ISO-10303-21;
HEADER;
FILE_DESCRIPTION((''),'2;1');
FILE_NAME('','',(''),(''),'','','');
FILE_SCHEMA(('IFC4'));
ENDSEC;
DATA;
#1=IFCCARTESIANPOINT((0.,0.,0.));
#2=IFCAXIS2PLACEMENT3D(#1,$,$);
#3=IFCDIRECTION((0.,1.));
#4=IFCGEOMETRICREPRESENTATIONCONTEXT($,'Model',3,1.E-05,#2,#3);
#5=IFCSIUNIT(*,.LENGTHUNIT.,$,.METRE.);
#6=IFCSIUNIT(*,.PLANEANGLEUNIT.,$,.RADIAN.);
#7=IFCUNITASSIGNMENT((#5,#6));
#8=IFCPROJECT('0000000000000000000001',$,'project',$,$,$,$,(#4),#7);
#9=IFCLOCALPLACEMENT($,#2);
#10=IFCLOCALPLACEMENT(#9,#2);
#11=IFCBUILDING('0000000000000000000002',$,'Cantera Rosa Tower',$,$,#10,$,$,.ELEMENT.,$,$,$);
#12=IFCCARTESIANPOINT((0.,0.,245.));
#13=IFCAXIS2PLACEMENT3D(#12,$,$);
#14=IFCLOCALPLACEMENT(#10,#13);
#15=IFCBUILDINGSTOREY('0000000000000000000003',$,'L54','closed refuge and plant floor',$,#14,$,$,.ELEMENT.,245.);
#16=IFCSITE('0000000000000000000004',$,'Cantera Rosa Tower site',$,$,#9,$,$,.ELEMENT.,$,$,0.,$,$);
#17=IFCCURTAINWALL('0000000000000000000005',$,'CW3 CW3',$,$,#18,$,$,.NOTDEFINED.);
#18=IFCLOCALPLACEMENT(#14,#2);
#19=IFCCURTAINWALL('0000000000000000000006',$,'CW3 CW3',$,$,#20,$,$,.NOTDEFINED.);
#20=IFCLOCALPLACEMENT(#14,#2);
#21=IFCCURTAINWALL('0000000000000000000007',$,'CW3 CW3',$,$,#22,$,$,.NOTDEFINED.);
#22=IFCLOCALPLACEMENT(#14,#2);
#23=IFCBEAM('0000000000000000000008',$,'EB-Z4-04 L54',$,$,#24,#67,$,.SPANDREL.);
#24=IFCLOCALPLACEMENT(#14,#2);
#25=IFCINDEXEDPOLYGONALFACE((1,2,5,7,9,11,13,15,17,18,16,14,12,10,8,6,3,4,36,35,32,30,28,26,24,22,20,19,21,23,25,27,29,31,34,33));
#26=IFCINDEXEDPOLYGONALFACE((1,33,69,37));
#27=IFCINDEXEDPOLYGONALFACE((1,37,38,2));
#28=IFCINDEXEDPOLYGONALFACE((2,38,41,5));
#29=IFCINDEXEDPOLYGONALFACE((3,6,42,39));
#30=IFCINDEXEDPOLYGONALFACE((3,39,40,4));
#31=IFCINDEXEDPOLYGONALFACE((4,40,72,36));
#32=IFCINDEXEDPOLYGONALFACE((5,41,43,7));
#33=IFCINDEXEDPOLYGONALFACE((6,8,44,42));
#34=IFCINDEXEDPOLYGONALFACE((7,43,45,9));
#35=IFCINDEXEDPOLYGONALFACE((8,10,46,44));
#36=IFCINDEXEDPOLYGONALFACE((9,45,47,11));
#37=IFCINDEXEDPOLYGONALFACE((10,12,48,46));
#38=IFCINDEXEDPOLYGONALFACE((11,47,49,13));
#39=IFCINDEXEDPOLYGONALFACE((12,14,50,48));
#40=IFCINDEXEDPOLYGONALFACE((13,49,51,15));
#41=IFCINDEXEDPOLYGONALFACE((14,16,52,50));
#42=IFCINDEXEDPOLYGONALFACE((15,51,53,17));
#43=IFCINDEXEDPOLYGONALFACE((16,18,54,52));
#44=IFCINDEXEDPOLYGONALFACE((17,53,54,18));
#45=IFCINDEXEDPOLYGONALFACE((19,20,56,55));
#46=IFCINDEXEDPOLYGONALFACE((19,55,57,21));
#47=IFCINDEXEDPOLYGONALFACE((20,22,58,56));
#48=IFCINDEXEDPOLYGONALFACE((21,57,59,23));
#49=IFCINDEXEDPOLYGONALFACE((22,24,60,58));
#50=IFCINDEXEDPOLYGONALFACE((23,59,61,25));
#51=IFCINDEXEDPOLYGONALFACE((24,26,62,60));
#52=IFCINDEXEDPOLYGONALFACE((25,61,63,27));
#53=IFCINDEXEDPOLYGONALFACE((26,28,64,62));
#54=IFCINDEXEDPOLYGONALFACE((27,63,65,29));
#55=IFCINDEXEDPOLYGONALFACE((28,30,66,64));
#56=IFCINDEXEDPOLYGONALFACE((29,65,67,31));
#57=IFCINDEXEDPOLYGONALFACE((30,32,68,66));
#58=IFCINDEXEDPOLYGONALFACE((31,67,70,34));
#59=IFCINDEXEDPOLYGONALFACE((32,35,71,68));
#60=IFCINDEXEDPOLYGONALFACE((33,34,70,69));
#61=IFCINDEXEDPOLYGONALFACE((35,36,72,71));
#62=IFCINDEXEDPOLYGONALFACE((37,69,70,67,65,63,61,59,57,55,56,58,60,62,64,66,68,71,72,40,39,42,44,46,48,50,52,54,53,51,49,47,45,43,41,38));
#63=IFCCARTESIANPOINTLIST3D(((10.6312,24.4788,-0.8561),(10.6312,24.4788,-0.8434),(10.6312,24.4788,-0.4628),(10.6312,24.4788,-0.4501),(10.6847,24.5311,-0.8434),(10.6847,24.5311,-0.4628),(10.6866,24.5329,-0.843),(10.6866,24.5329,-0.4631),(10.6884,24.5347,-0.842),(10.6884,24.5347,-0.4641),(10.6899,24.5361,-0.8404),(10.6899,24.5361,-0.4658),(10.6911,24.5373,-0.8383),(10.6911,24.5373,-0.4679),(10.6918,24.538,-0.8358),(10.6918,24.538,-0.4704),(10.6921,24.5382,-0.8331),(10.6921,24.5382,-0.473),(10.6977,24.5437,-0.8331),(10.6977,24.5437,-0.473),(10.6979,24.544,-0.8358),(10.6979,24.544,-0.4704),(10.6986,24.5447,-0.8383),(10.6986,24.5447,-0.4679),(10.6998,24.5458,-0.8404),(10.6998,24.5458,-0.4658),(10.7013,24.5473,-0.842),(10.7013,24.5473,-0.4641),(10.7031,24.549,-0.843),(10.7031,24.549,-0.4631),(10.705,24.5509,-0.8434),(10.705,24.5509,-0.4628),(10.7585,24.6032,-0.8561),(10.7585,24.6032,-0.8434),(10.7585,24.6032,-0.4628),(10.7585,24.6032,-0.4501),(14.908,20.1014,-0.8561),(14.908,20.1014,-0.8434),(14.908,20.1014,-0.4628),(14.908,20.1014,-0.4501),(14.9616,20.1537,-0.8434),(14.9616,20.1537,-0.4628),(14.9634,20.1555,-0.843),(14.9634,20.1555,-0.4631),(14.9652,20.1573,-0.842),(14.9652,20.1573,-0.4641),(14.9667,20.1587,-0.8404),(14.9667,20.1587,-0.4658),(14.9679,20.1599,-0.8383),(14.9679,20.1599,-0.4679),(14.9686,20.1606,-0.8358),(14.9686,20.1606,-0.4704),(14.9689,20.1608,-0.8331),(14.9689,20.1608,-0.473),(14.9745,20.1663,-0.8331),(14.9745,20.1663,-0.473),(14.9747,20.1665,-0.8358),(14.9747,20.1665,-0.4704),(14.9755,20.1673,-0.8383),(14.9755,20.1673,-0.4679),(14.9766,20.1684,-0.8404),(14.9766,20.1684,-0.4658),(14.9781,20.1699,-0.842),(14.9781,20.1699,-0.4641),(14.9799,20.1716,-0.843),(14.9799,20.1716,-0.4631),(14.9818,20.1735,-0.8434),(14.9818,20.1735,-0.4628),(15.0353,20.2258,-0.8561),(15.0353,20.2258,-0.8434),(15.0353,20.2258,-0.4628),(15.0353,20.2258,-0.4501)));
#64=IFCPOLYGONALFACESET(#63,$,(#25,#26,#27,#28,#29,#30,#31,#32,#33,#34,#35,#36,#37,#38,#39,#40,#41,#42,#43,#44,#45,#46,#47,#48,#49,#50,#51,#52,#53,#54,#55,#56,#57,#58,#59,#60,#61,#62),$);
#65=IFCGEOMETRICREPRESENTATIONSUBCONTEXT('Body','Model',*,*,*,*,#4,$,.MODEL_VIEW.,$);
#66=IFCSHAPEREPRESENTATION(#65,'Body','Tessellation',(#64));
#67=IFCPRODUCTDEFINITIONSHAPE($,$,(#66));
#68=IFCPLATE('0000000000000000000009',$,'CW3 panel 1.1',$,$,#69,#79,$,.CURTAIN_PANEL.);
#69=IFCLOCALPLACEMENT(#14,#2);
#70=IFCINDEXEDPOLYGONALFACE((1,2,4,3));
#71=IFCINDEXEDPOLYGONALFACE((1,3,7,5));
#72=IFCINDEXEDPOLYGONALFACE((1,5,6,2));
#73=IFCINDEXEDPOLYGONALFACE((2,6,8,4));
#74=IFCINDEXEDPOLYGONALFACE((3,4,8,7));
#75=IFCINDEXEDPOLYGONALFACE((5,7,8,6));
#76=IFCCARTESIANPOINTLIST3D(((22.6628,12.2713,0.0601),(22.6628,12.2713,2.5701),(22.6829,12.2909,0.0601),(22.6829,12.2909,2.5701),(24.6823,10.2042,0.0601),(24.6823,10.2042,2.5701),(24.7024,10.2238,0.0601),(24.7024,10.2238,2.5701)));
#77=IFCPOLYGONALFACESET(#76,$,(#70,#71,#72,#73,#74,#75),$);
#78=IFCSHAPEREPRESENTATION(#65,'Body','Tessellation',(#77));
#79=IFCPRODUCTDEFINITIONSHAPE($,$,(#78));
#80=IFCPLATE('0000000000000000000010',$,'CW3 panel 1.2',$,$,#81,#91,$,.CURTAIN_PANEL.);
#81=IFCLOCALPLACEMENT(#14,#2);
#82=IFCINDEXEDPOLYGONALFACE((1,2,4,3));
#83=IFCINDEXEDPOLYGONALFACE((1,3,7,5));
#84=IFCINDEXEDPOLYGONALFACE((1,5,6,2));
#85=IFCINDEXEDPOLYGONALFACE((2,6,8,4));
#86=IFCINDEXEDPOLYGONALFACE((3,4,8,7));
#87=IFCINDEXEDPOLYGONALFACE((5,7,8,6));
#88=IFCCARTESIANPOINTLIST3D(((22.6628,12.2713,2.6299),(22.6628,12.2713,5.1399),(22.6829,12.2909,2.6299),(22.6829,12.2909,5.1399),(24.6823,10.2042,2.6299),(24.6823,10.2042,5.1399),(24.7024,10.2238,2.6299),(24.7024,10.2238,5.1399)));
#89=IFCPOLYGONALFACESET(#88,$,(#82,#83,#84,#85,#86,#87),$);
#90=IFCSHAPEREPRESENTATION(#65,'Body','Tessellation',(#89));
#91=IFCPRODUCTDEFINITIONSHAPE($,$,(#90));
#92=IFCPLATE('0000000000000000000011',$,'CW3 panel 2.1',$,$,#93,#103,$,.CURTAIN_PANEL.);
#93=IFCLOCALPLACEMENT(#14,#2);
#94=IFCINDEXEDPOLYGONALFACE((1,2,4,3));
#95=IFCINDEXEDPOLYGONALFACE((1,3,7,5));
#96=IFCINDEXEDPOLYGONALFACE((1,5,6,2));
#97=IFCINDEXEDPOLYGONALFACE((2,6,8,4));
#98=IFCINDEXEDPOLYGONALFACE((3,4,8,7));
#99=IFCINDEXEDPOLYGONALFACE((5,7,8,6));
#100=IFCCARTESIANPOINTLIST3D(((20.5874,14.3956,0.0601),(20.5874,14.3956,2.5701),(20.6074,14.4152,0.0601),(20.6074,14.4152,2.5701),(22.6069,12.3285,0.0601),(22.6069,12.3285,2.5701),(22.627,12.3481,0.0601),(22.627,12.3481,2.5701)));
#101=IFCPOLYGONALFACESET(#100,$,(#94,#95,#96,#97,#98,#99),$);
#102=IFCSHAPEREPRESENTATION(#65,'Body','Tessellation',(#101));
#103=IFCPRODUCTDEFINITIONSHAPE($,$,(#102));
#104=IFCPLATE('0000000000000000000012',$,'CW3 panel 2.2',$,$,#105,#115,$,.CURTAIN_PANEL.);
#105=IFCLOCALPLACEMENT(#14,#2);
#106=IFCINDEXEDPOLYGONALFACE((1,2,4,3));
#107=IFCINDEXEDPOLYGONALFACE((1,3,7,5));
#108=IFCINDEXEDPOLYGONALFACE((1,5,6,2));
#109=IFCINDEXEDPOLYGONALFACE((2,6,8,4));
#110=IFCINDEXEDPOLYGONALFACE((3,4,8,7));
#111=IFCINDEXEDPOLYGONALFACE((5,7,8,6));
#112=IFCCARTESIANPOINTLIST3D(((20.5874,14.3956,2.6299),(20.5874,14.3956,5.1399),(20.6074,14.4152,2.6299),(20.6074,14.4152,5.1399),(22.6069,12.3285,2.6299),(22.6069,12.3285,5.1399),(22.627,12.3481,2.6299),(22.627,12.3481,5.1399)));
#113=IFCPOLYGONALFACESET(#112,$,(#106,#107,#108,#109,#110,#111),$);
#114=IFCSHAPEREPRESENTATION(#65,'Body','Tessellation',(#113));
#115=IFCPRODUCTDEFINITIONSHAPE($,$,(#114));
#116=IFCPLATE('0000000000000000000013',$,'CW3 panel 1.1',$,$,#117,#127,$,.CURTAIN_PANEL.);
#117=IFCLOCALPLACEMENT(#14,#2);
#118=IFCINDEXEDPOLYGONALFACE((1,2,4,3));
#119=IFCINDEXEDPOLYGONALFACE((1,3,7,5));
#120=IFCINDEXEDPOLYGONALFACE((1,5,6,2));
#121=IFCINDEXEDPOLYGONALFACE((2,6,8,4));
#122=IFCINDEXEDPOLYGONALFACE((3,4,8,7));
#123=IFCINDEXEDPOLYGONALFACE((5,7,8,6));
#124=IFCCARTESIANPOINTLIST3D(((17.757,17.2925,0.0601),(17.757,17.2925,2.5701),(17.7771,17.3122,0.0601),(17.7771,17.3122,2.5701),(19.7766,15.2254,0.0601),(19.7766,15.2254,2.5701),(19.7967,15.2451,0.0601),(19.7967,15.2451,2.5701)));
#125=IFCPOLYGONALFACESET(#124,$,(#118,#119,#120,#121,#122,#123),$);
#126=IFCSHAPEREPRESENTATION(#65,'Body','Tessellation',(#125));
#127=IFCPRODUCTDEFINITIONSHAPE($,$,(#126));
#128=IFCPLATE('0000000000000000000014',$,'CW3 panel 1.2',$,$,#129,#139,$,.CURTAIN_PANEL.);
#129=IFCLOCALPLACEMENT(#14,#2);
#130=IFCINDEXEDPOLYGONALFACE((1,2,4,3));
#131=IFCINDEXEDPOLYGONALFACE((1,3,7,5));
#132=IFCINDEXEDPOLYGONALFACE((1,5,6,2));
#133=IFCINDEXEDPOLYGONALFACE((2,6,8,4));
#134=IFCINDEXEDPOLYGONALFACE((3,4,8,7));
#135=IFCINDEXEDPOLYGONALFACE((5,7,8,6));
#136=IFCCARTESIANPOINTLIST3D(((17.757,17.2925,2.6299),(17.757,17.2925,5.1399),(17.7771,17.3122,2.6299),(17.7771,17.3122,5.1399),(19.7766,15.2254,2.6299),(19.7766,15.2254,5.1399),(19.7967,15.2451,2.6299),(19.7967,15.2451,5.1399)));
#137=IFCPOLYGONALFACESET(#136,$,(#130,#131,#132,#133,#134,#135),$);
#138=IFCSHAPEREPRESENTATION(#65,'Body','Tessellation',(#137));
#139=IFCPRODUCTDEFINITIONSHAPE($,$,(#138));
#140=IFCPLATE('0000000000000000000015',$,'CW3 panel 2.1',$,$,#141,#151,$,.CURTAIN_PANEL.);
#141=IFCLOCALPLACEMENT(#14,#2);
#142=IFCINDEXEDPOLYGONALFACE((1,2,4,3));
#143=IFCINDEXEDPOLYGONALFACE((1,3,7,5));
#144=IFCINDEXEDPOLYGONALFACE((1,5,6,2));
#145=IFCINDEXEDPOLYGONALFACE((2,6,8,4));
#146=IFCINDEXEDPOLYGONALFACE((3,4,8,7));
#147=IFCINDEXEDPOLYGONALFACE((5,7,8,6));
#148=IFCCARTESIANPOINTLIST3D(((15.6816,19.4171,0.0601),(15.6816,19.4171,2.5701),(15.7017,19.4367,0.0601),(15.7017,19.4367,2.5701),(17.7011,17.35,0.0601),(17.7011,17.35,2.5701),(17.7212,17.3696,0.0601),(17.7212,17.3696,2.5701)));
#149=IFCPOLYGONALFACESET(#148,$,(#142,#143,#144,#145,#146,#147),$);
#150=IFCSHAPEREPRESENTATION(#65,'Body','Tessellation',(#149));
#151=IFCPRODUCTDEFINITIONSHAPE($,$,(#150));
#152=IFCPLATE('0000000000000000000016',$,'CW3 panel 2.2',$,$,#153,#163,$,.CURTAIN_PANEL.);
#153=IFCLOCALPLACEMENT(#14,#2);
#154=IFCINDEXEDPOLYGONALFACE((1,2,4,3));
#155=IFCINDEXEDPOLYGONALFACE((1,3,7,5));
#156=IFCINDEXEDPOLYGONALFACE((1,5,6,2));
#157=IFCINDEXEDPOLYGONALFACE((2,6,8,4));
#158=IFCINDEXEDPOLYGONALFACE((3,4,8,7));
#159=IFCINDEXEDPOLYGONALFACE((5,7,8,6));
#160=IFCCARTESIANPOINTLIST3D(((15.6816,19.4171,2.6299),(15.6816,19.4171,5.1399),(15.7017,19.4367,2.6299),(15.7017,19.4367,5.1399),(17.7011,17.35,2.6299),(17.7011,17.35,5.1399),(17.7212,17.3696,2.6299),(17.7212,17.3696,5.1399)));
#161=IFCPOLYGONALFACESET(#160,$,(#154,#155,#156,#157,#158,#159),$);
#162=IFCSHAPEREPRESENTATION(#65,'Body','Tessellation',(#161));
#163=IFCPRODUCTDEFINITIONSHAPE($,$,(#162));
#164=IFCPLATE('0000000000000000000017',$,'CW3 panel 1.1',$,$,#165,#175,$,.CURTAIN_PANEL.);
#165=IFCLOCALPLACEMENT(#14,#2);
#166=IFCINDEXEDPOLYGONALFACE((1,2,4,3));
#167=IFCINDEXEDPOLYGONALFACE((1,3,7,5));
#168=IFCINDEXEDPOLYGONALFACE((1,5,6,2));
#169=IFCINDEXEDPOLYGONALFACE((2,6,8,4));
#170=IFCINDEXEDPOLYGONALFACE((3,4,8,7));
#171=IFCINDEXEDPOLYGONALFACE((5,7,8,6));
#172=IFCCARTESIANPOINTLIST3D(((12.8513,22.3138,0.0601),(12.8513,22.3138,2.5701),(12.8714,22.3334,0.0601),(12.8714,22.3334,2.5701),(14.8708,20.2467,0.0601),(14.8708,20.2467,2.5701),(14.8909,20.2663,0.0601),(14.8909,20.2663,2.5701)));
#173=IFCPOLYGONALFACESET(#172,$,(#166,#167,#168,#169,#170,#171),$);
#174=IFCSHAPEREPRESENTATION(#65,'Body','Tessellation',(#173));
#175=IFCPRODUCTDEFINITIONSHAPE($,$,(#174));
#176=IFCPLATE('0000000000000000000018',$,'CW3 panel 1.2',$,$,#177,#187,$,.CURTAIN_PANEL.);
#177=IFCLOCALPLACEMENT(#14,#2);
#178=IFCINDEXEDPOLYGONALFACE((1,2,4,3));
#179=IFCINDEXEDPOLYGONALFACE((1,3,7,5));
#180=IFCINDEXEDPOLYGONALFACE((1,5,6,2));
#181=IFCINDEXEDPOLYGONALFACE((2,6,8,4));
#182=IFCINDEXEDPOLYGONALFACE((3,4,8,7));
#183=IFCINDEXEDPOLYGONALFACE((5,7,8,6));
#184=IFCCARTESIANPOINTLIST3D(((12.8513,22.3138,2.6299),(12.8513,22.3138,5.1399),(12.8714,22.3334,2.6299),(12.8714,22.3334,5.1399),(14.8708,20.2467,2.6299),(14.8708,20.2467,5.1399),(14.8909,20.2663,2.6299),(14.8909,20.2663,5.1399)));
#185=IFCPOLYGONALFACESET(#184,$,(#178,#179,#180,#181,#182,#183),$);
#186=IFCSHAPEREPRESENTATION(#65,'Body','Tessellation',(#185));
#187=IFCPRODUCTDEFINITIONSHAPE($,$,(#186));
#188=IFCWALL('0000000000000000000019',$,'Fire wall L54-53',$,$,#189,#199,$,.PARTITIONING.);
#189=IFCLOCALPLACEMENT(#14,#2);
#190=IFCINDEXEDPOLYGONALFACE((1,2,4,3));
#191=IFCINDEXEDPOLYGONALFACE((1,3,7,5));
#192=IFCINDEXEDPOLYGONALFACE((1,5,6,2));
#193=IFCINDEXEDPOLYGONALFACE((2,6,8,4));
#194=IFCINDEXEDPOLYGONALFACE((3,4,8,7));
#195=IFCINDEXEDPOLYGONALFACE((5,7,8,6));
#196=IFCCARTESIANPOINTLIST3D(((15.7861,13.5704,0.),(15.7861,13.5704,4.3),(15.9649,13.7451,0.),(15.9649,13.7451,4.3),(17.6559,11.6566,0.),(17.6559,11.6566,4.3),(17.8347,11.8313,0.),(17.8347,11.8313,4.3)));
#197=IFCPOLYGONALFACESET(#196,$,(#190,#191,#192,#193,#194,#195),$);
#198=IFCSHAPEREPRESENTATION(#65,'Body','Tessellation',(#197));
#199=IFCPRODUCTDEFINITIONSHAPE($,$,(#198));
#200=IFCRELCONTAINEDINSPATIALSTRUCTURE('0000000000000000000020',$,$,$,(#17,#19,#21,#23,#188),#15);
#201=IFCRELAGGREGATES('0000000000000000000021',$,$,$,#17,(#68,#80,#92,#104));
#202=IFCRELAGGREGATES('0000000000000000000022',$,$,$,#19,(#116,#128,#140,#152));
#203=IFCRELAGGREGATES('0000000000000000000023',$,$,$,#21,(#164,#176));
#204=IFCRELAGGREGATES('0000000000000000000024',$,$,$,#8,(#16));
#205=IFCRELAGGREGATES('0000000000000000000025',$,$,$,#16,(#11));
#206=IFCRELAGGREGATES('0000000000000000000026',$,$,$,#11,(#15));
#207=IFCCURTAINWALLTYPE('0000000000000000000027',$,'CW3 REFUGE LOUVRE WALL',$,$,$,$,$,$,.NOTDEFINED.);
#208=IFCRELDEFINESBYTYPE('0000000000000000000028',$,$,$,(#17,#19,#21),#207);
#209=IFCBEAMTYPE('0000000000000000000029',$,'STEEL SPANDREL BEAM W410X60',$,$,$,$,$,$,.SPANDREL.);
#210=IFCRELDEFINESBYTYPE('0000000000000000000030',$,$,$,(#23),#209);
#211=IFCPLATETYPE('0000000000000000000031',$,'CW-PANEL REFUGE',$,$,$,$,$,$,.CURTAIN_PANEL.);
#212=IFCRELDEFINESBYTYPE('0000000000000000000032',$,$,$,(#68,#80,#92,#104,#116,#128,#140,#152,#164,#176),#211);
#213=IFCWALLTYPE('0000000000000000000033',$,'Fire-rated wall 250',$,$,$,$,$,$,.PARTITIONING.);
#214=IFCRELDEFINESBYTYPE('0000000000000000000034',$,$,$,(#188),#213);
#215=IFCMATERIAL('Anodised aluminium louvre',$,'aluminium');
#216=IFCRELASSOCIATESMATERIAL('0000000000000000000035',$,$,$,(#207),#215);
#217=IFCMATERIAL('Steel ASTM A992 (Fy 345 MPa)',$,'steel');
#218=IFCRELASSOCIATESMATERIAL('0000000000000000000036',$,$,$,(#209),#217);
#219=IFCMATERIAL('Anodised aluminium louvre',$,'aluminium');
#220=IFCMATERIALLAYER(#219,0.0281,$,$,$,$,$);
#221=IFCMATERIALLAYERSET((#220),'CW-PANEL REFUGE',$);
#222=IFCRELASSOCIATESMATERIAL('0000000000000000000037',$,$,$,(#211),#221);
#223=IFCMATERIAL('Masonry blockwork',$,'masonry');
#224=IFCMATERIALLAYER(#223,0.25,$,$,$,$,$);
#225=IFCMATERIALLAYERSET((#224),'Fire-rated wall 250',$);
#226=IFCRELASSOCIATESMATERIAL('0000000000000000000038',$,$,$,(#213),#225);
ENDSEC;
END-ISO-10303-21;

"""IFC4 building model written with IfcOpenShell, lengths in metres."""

from ifc_helpers import new_model, si_unit, direction, frame, frame_2d, origin, origin_2d, place, context, subcontext, project, spatial, rectangle, i_section, extrude, material, layer, layer_set, material_profile, profile_set, type_object, element, aggregate, save


model = new_model("IFC4")

# Units and contexts
model_context = context("Model", 3, precision=1e-05, world=origin(), true_north=direction((0.0, 1.0)))
body_context = subcontext(model_context, "Body", "Model", "MODEL_VIEW")
ifc_project = project(units=[si_unit("LENGTHUNIT", "METRE"), si_unit("PLANEANGLEUNIT", "RADIAN")], contexts=[model_context])

# Site, building, storey
site_placement = place(None, origin())
site = spatial("IfcSite", under=ifc_project, at=site_placement, Name="Cantera Rosa Tower site", CompositionType="ELEMENT", RefElevation=0.0)
building_placement = place(site_placement, origin())
building = spatial("IfcBuilding", under=site, at=building_placement, Name="Cantera Rosa Tower", CompositionType="ELEMENT")
storey_placement = place(building_placement, frame((0.0, 0.0, 245.0)))
storey = spatial("IfcBuildingStorey", under=building, at=storey_placement, Name="L54", Description="closed refuge and plant floor", CompositionType="ELEMENT", Elevation=245.0)

# Curtain walls
ifc_material_1 = material(Name="Anodised aluminium louvre", Category="aluminium")
curtain_wall_type = type_object("IfcCurtainWallType", Name="CW3 REFUGE LOUVRE WALL", PredefinedType="NOTDEFINED", material=ifc_material_1)
curtain_wall_1_placement = place(storey_placement, origin())
curtain_wall_1 = element("IfcCurtainWall", 1, at=curtain_wall_1_placement, inside=storey, type_object=curtain_wall_type, Name="CW3 CW3", PredefinedType="NOTDEFINED")
curtain_wall_2_placement = place(storey_placement, origin())
curtain_wall_2 = element("IfcCurtainWall", 2, at=curtain_wall_2_placement, inside=storey, type_object=curtain_wall_type, Name="CW3 CW3", PredefinedType="NOTDEFINED")

# Curtain wall
curtain_wall_3_placement = place(storey_placement, origin())
curtain_wall_3 = element("IfcCurtainWall", 3, at=curtain_wall_3_placement, inside=storey, type_object=curtain_wall_type, Name="CW3 CW3", PredefinedType="NOTDEFINED")

# Beam
ifc_material_2 = material(Name="Steel ASTM A992 (Fy 345 MPa)", Category="steel")
ifc_material_profile_1 = material_profile(ifc_material_2, i_section(OverallWidth=0.178, OverallDepth=0.406, WebThickness=0.0078, FlangeThickness=0.0127, FilletRadius=0.0103, at=origin_2d()), Name="W410X60")
ifc_profile_set_1 = profile_set([ifc_material_profile_1], Name="Steel ASTM A992 (Fy 345 MPa)")
beam_type_1 = type_object("IfcBeamType", Name="STEEL SPANDREL BEAM W410X60", PredefinedType="SPANDREL", material=ifc_profile_set_1)
for number, where, z_axis, x_axis, name in (
    (4, (14.9717, 20.1636, -0.6531), (-0.698841, 0.715277, 0.0), (-0.715277, -0.698841, 0.0), "EB-Z4-04 L54"),
):
    element("IfcBeam", number, at=place(storey_placement, frame(where, z_axis=z_axis, x_axis=x_axis)), inside=storey, type_object=beam_type_1, Name=name, PredefinedType="SPANDREL", context=body_context, shape_type="SweptSolid", body=[
        extrude(i_section(OverallWidth=0.178, OverallDepth=0.406, WebThickness=0.0078, FlangeThickness=0.0127, FilletRadius=0.0103, at=origin_2d()), origin(), (0.0, 0.0, 1.0), 6.1199),
    ])

# Plates
ifc_material_3 = material(Name="Anodised aluminium louvre", Category="aluminium")
ifc_layer_1 = layer(ifc_material_3, 0.0281)
ifc_layer_set_1 = layer_set([ifc_layer_1], Name="CW-PANEL REFUGE")
plate_type = type_object("IfcPlateType", Name="CW-PANEL REFUGE", PredefinedType="CURTAIN_PANEL", material=ifc_layer_set_1)
plate_1_placement = place(storey_placement, frame((23.6826, 11.2476, 0.0601), z_axis=(0.0, 0.0, 1.0), x_axis=(-0.698832, 0.715286, 0.0)))
plate_1 = element("IfcPlate", 5, at=plate_1_placement, type_object=plate_type, Name="CW3 panel 1.1", PredefinedType="CURTAIN_PANEL", context=body_context, shape_type="SweptSolid", body=[
    extrude(rectangle(XDim=2.8899, YDim=0.0281, at=origin_2d()), origin(), (0.0, 0.0, 1.0), 2.51),
])
plate_2_placement = place(storey_placement, frame((23.6826, 11.2476, 2.6299), z_axis=(0.0, 0.0, 1.0), x_axis=(-0.698832, 0.715286, 0.0)))
plate_2 = element("IfcPlate", 6, at=plate_2_placement, type_object=plate_type, Name="CW3 panel 1.2", PredefinedType="CURTAIN_PANEL", context=body_context, shape_type="SweptSolid", body=[
    extrude(rectangle(XDim=2.8899, YDim=0.0281, at=origin_2d()), origin(), (0.0, 0.0, 1.0), 2.51),
])
plate_3_placement = place(storey_placement, frame((21.6072, 13.3718, 0.0601), z_axis=(0.0, 0.0, 1.0), x_axis=(-0.698832, 0.715286, 0.0)))
plate_3 = element("IfcPlate", 7, at=plate_3_placement, type_object=plate_type, Name="CW3 panel 2.1", PredefinedType="CURTAIN_PANEL", context=body_context, shape_type="SweptSolid", body=[
    extrude(rectangle(XDim=2.8899, YDim=0.0281, at=origin_2d()), origin(), (0.0, 0.0, 1.0), 2.51),
])
plate_4_placement = place(storey_placement, frame((21.6072, 13.3718, 2.6299), z_axis=(0.0, 0.0, 1.0), x_axis=(-0.698832, 0.715286, 0.0)))
plate_4 = element("IfcPlate", 8, at=plate_4_placement, type_object=plate_type, Name="CW3 panel 2.2", PredefinedType="CURTAIN_PANEL", context=body_context, shape_type="SweptSolid", body=[
    extrude(rectangle(XDim=2.8899, YDim=0.0281, at=origin_2d()), origin(), (0.0, 0.0, 1.0), 2.51),
])
aggregate(curtain_wall_1, [plate_1, plate_2, plate_3, plate_4])
plate_5_placement = place(storey_placement, frame((18.7769, 16.2688, 0.0601), z_axis=(0.0, 0.0, 1.0), x_axis=(-0.698832, 0.715286, 0.0)))
plate_5 = element("IfcPlate", 9, at=plate_5_placement, type_object=plate_type, Name="CW3 panel 1.1", PredefinedType="CURTAIN_PANEL", context=body_context, shape_type="SweptSolid", body=[
    extrude(rectangle(XDim=2.8899, YDim=0.0281, at=origin_2d()), origin(), (0.0, 0.0, 1.0), 2.51),
])
plate_6_placement = place(storey_placement, frame((18.7769, 16.2688, 2.6299), z_axis=(0.0, 0.0, 1.0), x_axis=(-0.698832, 0.715286, 0.0)))
plate_6 = element("IfcPlate", 10, at=plate_6_placement, type_object=plate_type, Name="CW3 panel 1.2", PredefinedType="CURTAIN_PANEL", context=body_context, shape_type="SweptSolid", body=[
    extrude(rectangle(XDim=2.8899, YDim=0.0281, at=origin_2d()), origin(), (0.0, 0.0, 1.0), 2.51),
])
plate_7_placement = place(storey_placement, frame((16.7014, 18.3933, 0.0601), z_axis=(0.0, 0.0, 1.0), x_axis=(-0.698832, 0.715286, 0.0)))
plate_7 = element("IfcPlate", 11, at=plate_7_placement, type_object=plate_type, Name="CW3 panel 2.1", PredefinedType="CURTAIN_PANEL", context=body_context, shape_type="SweptSolid", body=[
    extrude(rectangle(XDim=2.8899, YDim=0.0281, at=origin_2d()), origin(), (0.0, 0.0, 1.0), 2.51),
])
plate_8_placement = place(storey_placement, frame((16.7014, 18.3933, 2.6299), z_axis=(0.0, 0.0, 1.0), x_axis=(-0.698832, 0.715286, 0.0)))
plate_8 = element("IfcPlate", 12, at=plate_8_placement, type_object=plate_type, Name="CW3 panel 2.2", PredefinedType="CURTAIN_PANEL", context=body_context, shape_type="SweptSolid", body=[
    extrude(rectangle(XDim=2.8899, YDim=0.0281, at=origin_2d()), origin(), (0.0, 0.0, 1.0), 2.51),
])
aggregate(curtain_wall_2, [plate_5, plate_6, plate_7, plate_8])
plate_9_placement = place(storey_placement, frame((13.8711, 21.29, 0.0601), z_axis=(0.0, 0.0, 1.0), x_axis=(-0.698832, 0.715286, 0.0)))
plate_9 = element("IfcPlate", 13, at=plate_9_placement, type_object=plate_type, Name="CW3 panel 1.1", PredefinedType="CURTAIN_PANEL", context=body_context, shape_type="SweptSolid", body=[
    extrude(rectangle(XDim=2.8899, YDim=0.0281, at=origin_2d()), origin(), (0.0, 0.0, 1.0), 2.51),
])
plate_10_placement = place(storey_placement, frame((13.8711, 21.29, 2.6299), z_axis=(0.0, 0.0, 1.0), x_axis=(-0.698832, 0.715286, 0.0)))
plate_10 = element("IfcPlate", 14, at=plate_10_placement, type_object=plate_type, Name="CW3 panel 1.2", PredefinedType="CURTAIN_PANEL", context=body_context, shape_type="SweptSolid", body=[
    extrude(rectangle(XDim=2.8899, YDim=0.0281, at=origin_2d()), origin(), (0.0, 0.0, 1.0), 2.51),
])
aggregate(curtain_wall_3, [plate_9, plate_10])

# Wall
ifc_material_4 = material(Name="Masonry blockwork", Category="masonry")
ifc_layer_2 = layer(ifc_material_4, 0.25)
ifc_layer_set_2 = layer_set([ifc_layer_2], Name="Fire-rated wall 250")
wall_type = type_object("IfcWallType", Name="Fire-rated wall 250", PredefinedType="PARTITIONING", material=ifc_layer_set_2)
wall_1_placement = place(storey_placement, frame((17.7454, 11.7439, 0.0), z_axis=(0.0, 0.0, 1.0), x_axis=(-0.698847, 0.715271, 0.0)))
element("IfcWall", 15, at=wall_1_placement, inside=storey, type_object=wall_type, Name="Fire wall L54-53", PredefinedType="PARTITIONING", context=body_context, shape_type="SweptSolid", body=[
    extrude(rectangle(XDim=2.6755, YDim=0.25, at=frame_2d((1.3379, 0.0))), origin(), (0.0, 0.0, 1.0), 4.3),
])

save(model, "model.ifc")
